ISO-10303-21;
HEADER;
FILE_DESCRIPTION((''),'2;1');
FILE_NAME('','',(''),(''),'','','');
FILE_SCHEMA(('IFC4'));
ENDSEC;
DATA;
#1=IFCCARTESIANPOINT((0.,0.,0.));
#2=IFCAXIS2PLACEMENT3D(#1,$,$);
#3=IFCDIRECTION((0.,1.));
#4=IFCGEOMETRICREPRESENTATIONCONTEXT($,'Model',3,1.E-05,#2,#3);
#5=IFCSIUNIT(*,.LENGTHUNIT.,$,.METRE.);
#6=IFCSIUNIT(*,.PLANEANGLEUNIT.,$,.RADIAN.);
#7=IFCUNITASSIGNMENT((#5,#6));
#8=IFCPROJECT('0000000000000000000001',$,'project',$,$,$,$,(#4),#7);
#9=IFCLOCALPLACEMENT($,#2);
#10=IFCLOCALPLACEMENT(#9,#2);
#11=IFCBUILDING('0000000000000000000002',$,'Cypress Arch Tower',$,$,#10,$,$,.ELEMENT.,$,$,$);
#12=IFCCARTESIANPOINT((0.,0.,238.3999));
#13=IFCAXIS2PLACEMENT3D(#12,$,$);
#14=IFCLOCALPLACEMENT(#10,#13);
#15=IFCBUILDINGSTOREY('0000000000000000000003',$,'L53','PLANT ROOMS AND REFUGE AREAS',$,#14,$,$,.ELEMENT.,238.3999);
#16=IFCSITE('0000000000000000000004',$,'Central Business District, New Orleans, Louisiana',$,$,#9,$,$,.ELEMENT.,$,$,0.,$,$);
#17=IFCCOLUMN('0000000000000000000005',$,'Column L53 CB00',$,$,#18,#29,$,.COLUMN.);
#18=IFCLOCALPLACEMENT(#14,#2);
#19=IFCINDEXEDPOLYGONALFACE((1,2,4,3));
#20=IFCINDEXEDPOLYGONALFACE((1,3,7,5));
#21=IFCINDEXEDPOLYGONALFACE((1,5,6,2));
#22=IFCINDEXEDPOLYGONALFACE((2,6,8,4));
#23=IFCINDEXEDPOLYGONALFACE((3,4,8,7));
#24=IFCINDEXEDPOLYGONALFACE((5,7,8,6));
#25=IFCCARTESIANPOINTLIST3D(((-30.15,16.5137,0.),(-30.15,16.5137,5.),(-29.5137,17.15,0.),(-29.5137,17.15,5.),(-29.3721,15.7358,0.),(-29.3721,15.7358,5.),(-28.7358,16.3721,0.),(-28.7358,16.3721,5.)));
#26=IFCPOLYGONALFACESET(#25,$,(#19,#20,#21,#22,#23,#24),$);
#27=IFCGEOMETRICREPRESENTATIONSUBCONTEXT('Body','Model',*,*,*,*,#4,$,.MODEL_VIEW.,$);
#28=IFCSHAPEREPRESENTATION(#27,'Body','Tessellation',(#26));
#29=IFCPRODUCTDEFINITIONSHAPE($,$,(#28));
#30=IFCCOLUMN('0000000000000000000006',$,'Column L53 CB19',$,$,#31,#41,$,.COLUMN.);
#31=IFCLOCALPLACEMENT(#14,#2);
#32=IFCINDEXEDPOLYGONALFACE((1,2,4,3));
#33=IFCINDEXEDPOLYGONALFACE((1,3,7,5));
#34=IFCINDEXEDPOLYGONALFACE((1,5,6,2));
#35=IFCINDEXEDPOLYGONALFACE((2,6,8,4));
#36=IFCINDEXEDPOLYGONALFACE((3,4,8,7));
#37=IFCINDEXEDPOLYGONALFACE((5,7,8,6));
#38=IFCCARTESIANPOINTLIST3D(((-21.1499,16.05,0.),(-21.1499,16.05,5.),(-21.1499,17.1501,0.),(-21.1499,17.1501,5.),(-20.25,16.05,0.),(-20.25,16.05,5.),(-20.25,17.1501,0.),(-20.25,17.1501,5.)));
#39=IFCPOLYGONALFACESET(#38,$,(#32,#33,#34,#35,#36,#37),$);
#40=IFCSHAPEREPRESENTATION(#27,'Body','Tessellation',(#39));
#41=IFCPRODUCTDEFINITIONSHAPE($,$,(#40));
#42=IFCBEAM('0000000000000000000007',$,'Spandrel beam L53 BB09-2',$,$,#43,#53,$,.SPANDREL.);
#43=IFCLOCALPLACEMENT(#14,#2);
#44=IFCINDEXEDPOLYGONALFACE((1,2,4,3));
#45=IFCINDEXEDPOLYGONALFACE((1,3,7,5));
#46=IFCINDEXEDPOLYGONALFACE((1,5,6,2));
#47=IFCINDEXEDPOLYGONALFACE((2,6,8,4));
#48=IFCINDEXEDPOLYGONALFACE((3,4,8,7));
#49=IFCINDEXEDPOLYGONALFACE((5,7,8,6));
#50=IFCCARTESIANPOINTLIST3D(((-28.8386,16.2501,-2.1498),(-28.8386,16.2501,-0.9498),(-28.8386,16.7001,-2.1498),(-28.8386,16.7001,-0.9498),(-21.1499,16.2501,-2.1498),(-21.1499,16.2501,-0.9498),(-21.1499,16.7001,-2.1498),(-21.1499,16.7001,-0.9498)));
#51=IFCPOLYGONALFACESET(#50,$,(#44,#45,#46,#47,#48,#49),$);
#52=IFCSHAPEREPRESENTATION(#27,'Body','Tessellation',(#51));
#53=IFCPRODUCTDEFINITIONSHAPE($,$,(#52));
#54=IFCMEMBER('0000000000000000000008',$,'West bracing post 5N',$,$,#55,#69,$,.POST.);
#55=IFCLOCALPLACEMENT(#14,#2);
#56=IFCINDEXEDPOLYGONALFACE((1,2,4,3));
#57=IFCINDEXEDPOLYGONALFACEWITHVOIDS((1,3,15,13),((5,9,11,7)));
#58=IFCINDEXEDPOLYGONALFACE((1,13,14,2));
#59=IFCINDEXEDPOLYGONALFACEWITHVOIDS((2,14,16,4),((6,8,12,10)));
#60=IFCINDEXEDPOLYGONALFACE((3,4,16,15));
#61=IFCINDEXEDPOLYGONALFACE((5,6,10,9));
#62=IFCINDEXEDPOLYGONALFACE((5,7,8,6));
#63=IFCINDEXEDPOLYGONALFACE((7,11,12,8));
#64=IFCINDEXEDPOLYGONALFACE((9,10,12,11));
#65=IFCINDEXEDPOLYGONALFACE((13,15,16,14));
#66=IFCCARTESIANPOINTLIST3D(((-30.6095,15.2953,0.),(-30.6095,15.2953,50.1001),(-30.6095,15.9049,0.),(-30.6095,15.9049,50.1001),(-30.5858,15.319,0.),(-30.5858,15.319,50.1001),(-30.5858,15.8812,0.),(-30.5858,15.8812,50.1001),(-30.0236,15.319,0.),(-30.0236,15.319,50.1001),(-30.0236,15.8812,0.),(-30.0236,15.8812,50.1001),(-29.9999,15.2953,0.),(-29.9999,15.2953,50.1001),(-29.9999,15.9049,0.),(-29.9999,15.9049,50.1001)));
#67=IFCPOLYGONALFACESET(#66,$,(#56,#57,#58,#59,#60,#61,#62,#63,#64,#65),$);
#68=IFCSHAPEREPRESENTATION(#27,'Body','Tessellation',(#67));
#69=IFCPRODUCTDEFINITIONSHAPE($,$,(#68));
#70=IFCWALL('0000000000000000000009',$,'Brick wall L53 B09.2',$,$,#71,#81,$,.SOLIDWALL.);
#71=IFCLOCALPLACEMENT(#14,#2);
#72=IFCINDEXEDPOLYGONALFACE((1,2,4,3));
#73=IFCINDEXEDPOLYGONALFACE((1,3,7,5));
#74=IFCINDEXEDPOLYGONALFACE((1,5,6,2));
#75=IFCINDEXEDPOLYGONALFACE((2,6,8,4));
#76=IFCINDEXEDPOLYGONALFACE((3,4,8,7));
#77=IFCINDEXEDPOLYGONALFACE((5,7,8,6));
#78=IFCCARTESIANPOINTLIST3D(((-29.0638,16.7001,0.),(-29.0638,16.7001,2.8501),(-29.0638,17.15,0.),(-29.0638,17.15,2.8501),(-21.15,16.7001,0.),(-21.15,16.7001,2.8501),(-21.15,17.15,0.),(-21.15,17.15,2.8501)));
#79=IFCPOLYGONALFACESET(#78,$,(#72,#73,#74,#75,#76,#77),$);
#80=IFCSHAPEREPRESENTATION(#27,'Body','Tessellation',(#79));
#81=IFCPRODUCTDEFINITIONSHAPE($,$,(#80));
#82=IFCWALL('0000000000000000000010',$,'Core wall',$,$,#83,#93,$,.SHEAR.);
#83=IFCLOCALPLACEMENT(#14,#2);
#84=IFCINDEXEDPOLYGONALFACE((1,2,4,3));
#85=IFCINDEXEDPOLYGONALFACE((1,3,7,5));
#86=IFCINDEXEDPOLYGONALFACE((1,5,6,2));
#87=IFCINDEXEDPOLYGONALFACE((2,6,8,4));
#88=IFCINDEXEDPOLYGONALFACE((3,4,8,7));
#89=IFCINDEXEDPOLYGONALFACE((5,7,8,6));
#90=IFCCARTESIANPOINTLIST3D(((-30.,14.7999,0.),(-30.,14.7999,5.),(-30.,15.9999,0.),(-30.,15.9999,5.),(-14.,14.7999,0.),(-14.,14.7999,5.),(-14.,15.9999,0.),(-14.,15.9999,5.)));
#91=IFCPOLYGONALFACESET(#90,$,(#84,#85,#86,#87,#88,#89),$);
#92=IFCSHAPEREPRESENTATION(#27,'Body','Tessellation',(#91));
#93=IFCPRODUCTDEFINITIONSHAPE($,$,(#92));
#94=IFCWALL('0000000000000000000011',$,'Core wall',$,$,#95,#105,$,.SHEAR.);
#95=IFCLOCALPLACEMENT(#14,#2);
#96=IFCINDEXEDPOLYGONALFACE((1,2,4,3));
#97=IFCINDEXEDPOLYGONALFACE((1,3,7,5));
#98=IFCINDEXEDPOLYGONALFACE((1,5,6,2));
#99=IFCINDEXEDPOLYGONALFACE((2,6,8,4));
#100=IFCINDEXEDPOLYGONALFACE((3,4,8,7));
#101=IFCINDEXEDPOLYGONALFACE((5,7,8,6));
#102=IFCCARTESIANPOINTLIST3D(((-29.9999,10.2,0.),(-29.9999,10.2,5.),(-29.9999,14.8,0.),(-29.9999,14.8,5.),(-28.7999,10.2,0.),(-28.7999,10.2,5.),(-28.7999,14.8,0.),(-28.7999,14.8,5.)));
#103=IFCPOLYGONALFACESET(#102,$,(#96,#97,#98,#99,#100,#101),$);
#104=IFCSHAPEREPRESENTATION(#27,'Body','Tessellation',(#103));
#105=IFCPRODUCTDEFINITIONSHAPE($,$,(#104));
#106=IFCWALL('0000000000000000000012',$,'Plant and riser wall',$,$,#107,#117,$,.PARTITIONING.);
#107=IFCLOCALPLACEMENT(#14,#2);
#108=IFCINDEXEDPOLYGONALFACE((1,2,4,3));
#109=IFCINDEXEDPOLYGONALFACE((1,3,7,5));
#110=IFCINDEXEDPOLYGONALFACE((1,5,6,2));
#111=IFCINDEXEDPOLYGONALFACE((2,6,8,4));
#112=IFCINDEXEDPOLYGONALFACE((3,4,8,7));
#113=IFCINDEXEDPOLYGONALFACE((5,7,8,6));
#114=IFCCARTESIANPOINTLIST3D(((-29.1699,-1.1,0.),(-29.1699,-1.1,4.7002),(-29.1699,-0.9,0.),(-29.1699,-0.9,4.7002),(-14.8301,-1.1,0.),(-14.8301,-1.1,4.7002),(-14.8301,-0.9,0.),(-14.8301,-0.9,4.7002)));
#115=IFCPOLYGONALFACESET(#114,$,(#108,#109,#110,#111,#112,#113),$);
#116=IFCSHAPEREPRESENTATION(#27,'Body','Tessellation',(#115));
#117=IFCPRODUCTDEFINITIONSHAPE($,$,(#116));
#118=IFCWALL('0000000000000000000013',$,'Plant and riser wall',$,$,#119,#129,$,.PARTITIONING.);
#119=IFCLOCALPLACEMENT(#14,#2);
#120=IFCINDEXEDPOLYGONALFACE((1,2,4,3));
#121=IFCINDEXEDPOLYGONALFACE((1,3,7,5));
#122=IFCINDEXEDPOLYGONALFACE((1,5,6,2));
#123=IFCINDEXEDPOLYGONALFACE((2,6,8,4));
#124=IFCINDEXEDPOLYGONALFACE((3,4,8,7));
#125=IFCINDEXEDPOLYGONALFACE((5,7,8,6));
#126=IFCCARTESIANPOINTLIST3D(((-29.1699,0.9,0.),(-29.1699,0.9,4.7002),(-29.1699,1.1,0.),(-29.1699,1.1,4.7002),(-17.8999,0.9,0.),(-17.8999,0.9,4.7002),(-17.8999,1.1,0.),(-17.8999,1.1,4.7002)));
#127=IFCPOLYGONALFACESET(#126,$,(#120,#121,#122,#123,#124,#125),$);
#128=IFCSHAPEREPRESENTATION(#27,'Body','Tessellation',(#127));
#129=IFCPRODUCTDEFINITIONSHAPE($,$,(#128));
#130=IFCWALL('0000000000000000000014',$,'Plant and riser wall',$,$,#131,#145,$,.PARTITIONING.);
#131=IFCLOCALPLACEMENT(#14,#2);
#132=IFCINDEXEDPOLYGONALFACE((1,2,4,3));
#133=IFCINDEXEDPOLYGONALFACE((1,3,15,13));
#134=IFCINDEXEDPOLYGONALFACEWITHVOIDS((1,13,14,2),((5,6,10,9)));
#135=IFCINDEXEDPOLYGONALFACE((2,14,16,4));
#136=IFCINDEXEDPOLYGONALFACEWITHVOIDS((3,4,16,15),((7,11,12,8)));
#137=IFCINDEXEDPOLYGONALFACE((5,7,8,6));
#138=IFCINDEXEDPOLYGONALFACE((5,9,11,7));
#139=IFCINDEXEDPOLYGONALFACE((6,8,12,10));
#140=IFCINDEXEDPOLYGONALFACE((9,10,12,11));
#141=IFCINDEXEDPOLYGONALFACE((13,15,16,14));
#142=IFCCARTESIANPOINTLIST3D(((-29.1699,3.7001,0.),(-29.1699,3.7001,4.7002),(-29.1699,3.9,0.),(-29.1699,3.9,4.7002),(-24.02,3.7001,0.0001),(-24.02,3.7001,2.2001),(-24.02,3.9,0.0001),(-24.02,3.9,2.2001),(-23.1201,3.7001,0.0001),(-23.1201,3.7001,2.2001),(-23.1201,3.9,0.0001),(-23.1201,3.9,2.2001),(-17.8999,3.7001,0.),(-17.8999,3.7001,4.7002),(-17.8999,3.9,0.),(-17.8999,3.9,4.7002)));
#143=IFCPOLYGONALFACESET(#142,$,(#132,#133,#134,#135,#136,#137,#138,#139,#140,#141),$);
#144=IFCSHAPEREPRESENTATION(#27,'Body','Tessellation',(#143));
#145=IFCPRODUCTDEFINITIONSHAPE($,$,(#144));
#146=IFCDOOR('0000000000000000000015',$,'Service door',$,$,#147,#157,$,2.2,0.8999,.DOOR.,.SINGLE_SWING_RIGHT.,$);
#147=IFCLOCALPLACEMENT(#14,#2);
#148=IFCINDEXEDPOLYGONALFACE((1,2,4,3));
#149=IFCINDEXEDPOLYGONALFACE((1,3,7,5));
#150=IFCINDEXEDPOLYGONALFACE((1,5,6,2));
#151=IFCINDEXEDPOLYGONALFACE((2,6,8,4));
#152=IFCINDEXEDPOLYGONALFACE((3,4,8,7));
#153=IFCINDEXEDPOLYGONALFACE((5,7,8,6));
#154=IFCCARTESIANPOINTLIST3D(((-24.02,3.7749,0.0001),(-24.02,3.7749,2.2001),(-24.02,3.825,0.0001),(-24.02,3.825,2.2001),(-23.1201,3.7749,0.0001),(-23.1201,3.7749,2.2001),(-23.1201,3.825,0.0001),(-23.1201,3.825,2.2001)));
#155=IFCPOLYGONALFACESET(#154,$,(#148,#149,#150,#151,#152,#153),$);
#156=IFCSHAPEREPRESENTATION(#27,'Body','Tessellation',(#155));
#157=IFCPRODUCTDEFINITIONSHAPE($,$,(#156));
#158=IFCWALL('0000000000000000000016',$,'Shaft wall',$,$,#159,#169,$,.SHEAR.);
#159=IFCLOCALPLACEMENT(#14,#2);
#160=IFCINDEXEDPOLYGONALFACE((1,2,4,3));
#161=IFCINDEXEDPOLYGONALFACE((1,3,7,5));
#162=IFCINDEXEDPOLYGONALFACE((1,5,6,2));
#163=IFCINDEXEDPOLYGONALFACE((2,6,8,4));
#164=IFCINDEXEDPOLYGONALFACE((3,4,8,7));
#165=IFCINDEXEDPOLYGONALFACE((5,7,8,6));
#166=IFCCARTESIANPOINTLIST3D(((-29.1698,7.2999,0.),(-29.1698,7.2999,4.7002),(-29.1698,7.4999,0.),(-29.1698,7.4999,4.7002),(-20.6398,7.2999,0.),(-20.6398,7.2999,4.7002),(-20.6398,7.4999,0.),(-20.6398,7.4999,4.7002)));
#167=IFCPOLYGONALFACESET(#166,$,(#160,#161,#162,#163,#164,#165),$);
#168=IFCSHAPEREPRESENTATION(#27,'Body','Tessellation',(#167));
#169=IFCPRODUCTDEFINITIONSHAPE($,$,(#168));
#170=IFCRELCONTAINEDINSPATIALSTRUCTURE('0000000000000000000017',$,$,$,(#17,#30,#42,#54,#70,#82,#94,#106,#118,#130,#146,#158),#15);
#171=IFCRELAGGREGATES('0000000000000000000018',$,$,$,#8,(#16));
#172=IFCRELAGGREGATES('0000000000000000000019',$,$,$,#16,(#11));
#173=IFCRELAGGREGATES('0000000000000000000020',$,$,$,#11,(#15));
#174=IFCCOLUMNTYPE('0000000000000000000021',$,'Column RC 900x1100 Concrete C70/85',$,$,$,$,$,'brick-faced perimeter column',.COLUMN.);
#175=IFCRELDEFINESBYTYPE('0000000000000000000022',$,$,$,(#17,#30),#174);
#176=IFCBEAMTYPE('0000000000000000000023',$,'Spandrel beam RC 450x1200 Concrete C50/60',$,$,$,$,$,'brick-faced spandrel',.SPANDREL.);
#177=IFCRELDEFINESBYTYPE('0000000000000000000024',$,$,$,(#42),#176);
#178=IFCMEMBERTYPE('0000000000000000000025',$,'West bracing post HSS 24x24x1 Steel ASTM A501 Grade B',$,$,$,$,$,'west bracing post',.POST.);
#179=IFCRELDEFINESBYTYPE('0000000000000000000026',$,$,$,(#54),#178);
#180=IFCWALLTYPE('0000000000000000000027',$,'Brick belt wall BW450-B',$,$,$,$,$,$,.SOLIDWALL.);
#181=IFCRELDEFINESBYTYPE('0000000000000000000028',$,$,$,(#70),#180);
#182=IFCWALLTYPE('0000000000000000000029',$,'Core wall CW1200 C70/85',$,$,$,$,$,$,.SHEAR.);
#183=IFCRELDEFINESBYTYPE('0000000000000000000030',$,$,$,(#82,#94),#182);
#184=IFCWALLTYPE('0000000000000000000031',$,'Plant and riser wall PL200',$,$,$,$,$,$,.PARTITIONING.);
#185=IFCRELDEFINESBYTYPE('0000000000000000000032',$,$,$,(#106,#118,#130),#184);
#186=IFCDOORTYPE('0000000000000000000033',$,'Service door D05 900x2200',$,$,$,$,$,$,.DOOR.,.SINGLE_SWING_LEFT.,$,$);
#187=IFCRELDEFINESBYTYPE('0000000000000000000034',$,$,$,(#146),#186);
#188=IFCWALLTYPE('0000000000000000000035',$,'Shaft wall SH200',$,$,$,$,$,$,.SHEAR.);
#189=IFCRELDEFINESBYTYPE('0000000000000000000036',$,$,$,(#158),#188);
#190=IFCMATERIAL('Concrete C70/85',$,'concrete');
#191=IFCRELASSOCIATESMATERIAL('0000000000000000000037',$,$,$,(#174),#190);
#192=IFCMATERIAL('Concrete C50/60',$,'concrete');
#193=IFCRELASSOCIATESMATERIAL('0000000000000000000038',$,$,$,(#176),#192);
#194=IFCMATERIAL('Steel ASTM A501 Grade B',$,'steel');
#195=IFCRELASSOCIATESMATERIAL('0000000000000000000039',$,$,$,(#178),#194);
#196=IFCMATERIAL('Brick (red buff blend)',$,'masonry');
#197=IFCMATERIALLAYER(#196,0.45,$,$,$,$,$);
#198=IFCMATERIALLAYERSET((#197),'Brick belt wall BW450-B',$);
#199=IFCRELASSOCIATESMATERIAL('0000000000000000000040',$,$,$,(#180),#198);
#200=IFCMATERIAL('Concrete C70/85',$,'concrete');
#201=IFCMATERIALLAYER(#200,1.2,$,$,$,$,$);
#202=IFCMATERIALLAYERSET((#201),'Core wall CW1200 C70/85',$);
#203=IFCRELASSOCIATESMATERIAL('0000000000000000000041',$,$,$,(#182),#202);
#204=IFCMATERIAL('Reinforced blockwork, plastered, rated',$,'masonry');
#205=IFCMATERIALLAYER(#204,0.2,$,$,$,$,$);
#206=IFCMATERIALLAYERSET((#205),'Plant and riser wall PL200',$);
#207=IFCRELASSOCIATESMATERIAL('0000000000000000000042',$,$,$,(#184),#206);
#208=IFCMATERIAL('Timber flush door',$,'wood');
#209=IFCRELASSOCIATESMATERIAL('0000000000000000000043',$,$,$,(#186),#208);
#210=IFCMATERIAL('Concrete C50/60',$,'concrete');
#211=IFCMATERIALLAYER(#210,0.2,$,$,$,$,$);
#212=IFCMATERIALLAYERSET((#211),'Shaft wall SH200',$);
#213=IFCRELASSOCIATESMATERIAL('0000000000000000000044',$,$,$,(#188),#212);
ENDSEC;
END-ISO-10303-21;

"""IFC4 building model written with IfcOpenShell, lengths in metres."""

from ifc_helpers import new_model, si_unit, direction, frame, frame_2d, origin, origin_2d, place, context, subcontext, project, spatial, rectangle, hollow_rectangle, extrude, material, layer, layer_set, material_profile, profile_set, type_object, element, fill, save


model = new_model("IFC4")

# Units and contexts
model_context = context("Model", 3, precision=1e-05, world=origin(), true_north=direction((0.0, 1.0)))
body_context = subcontext(model_context, "Body", "Model", "MODEL_VIEW")
ifc_project = project(units=[si_unit("LENGTHUNIT", "METRE"), si_unit("PLANEANGLEUNIT", "RADIAN")], contexts=[model_context])

# Site, building, storey
site_placement = place(None, origin())
site = spatial("IfcSite", under=ifc_project, at=site_placement, Name="Central Business District, New Orleans, Louisiana", CompositionType="ELEMENT", RefElevation=0.0)
building_placement = place(site_placement, origin())
building = spatial("IfcBuilding", under=site, at=building_placement, Name="Cypress Arch Tower", CompositionType="ELEMENT")
storey_placement = place(building_placement, frame((0.0, 0.0, 238.3999)))
storey = spatial("IfcBuildingStorey", under=building, at=storey_placement, Name="L53", Description="PLANT ROOMS AND REFUGE AREAS", CompositionType="ELEMENT", Elevation=238.3999)

# Columns
ifc_material_1 = material(Name="Concrete C70/85", Category="concrete")
ifc_material_profile_1 = material_profile(ifc_material_1, rectangle(XDim=0.8999, YDim=1.1001, at=origin_2d()), Name="RC 900x1100")
ifc_profile_set_1 = profile_set([ifc_material_profile_1], Name="Concrete C70/85")
column_type = type_object("IfcColumnType", Name="Column RC 900x1100 Concrete C70/85", ElementType="brick-faced perimeter column", PredefinedType="COLUMN", material=ifc_profile_set_1)
for number, where, z_axis, x_axis, name in (
    (1, (-29.4429, 16.4429, 0.0), (0.0, 0.0, 1.0), (-0.707107, -0.707107, 0.0), "Column L53 CB00"),
    (2, (-20.7, 16.6001, 0.0), (0.0, 0.0, 1.0), (-1.0, 0.0, 0.0), "Column L53 CB19"),
):
    element("IfcColumn", number, at=place(storey_placement, frame(where, z_axis=z_axis, x_axis=x_axis)), inside=storey, type_object=column_type, Name=name, PredefinedType="COLUMN", context=body_context, shape_type="SweptSolid", body=[
        extrude(rectangle(XDim=0.8999, YDim=1.1001, at=origin_2d()), origin(), (0.0, 0.0, 1.0), 5.0),
    ])

# Beam
ifc_material_2 = material(Name="Concrete C50/60", Category="concrete")
ifc_material_profile_2 = material_profile(ifc_material_2, rectangle(XDim=0.45, YDim=1.2, at=origin_2d()), Name="RC 450x1200")
ifc_profile_set_2 = profile_set([ifc_material_profile_2], Name="Concrete C50/60")
beam_type = type_object("IfcBeamType", Name="Spandrel beam RC 450x1200 Concrete C50/60", ElementType="brick-faced spandrel", PredefinedType="SPANDREL", material=ifc_profile_set_2)
beam_placement = place(storey_placement, frame((-21.1499, 16.4751, -1.5498), z_axis=(-1.0, 0.0, 0.0), x_axis=(0.0, -1.0, 0.0)))
element("IfcBeam", 3, at=beam_placement, inside=storey, type_object=beam_type, Name="Spandrel beam L53 BB09-2", PredefinedType="SPANDREL", context=body_context, shape_type="SweptSolid", body=[
    extrude(rectangle(XDim=0.45, YDim=1.2, at=origin_2d()), origin(), (0.0, 0.0, 1.0), 7.6887),
])

# Member
ifc_material_3 = material(Name="Steel ASTM A501 Grade B", Category="steel")
ifc_material_profile_3 = material_profile(ifc_material_3, hollow_rectangle(XDim=0.6096, YDim=0.6096, WallThickness=0.0237, at=origin_2d()), Name="HSS 24x24x1")
ifc_profile_set_3 = profile_set([ifc_material_profile_3], Name="Steel ASTM A501 Grade B")
member_type = type_object("IfcMemberType", Name="West bracing post HSS 24x24x1 Steel ASTM A501 Grade B", ElementType="west bracing post", PredefinedType="POST", material=ifc_profile_set_3)
member_placement = place(storey_placement, frame((-30.3047, 15.6001, 0.0), z_axis=(0.0, 0.0, 1.0), x_axis=(1.0, 0.0, 0.0)))
element("IfcMember", 4, at=member_placement, inside=storey, type_object=member_type, Name="West bracing post 5N", PredefinedType="POST", context=body_context, shape_type="SweptSolid", body=[
    extrude(hollow_rectangle(XDim=0.6096, YDim=0.6096, WallThickness=0.0237, at=origin_2d()), origin(), (0.0, 0.0, 1.0), 50.1001),
])

# Walls
ifc_material_4 = material(Name="Brick (red buff blend)", Category="masonry")
ifc_layer_1 = layer(ifc_material_4, 0.45)
ifc_layer_set_1 = layer_set([ifc_layer_1], Name="Brick belt wall BW450-B")
wall_type_1 = type_object("IfcWallType", Name="Brick belt wall BW450-B", PredefinedType="SOLIDWALL", material=ifc_layer_set_1)
wall_1_placement = place(storey_placement, frame((-21.1499, 16.925, 0.0), z_axis=(0.0, 0.0, 1.0), x_axis=(-1.0, 0.0, 0.0)))
element("IfcWall", 5, at=wall_1_placement, inside=storey, type_object=wall_type_1, Name="Brick wall L53 B09.2", PredefinedType="SOLIDWALL", context=body_context, shape_type="SweptSolid", body=[
    extrude(rectangle(XDim=7.9138, YDim=0.45, at=frame_2d((3.957, 0.0))), origin(), (0.0, 0.0, 1.0), 2.8501),
])
ifc_material_5 = material(Name="Concrete C70/85", Category="concrete")
ifc_layer_2 = layer(ifc_material_5, 1.2)
ifc_layer_set_2 = layer_set([ifc_layer_2], Name="Core wall CW1200 C70/85")
wall_type_2 = type_object("IfcWallType", Name="Core wall CW1200 C70/85", PredefinedType="SHEAR", material=ifc_layer_set_2)
wall_2_placement = place(storey_placement, frame((-30.0, 15.3999, 0.0), z_axis=(0.0, 0.0, 1.0), x_axis=(1.0, 0.0, 0.0)))
element("IfcWall", 6, at=wall_2_placement, inside=storey, type_object=wall_type_2, Name="Core wall", PredefinedType="SHEAR", context=body_context, shape_type="SweptSolid", body=[
    extrude(rectangle(XDim=16.0, YDim=1.2, at=frame_2d((8.0, 0.0))), origin(), (0.0, 0.0, 1.0), 5.0),
])
wall_3_placement = place(storey_placement, frame((-29.3999, 10.2, 0.0), z_axis=(0.0, 0.0, 1.0), x_axis=(0.0, 1.0, 0.0)))
element("IfcWall", 7, at=wall_3_placement, inside=storey, type_object=wall_type_2, Name="Core wall", PredefinedType="SHEAR", context=body_context, shape_type="SweptSolid", body=[
    extrude(rectangle(XDim=4.6001, YDim=1.2, at=frame_2d((2.3, 0.0))), origin(), (0.0, 0.0, 1.0), 5.0),
])
ifc_material_6 = material(Name="Reinforced blockwork, plastered, rated", Category="masonry")
ifc_layer_3 = layer(ifc_material_6, 0.2)
ifc_layer_set_3 = layer_set([ifc_layer_3], Name="Plant and riser wall PL200")
wall_type_3 = type_object("IfcWallType", Name="Plant and riser wall PL200", PredefinedType="PARTITIONING", material=ifc_layer_set_3)
wall_4_placement = place(storey_placement, frame((-29.1699, -1.0, 0.0), z_axis=(0.0, 0.0, 1.0), x_axis=(1.0, 0.0, 0.0)))
element("IfcWall", 8, at=wall_4_placement, inside=storey, type_object=wall_type_3, Name="Plant and riser wall", PredefinedType="PARTITIONING", context=body_context, shape_type="SweptSolid", body=[
    extrude(rectangle(XDim=14.3398, YDim=0.2, at=frame_2d((7.1699, 0.0))), origin(), (0.0, 0.0, 1.0), 4.7002),
])
wall_5_placement = place(storey_placement, frame((-29.1699, 1.0, 0.0), z_axis=(0.0, 0.0, 1.0), x_axis=(1.0, 0.0, 0.0)))
element("IfcWall", 9, at=wall_5_placement, inside=storey, type_object=wall_type_3, Name="Plant and riser wall", PredefinedType="PARTITIONING", context=body_context, shape_type="SweptSolid", body=[
    extrude(rectangle(XDim=11.27, YDim=0.2, at=frame_2d((5.635, 0.0))), origin(), (0.0, 0.0, 1.0), 4.7002),
])

# Wall, opening, door
wall_6_placement = place(storey_placement, frame((-29.1699, 3.8, 0.0), z_axis=(0.0, 0.0, 1.0), x_axis=(1.0, 0.0, 0.0)))
wall_6 = element("IfcWall", 10, at=wall_6_placement, inside=storey, type_object=wall_type_3, Name="Plant and riser wall", PredefinedType="PARTITIONING", context=body_context, shape_type="SweptSolid", body=[
    extrude(rectangle(XDim=11.27, YDim=0.2, at=frame_2d((5.635, 0.0))), origin(), (0.0, 0.0, 1.0), 4.7002),
])
opening_placement = place(wall_6_placement, frame((5.1499, 0.0, 0.0)))
opening = element("IfcOpeningElement", 11, at=opening_placement, cuts=wall_6, PredefinedType="OPENING", context=body_context, shape_type="SweptSolid", body=[
    extrude(rectangle(XDim=0.8999, YDim=2.2, at=frame_2d((0.45, 1.1001))), frame((0.0, 0.1099, 0.0), z_axis=(0.0, -1.0, 0.0), x_axis=(1.0, 0.0, 0.0)), (0.0, 0.0, 1.0), 0.22),
])
ifc_material_7 = material(Name="Timber flush door", Category="wood")
door_type = type_object("IfcDoorType", Name="Service door D05 900x2200", OperationType="SINGLE_SWING_LEFT", PredefinedType="DOOR", material=ifc_material_7)
door_placement = place(opening_placement, origin())
door = element("IfcDoor", 12, at=door_placement, inside=storey, type_object=door_type, Name="Service door", OperationType="SINGLE_SWING_RIGHT", OverallHeight=2.2, OverallWidth=0.8999, PredefinedType="DOOR", context=body_context, shape_type="SweptSolid", body=[
    extrude(rectangle(XDim=0.8999, YDim=2.2, at=frame_2d((0.45, 1.1001))), frame((0.0, 0.0249, 0.0), z_axis=(0.0, -1.0, 0.0), x_axis=(1.0, 0.0, 0.0)), (0.0, 0.0, 1.0), 0.05),
])
fill(opening, door)

# Wall
ifc_material_8 = material(Name="Concrete C50/60", Category="concrete")
ifc_layer_4 = layer(ifc_material_8, 0.2)
ifc_layer_set_4 = layer_set([ifc_layer_4], Name="Shaft wall SH200")
wall_type_4 = type_object("IfcWallType", Name="Shaft wall SH200", PredefinedType="SHEAR", material=ifc_layer_set_4)
wall_7_placement = place(storey_placement, frame((-29.1699, 7.3999, 0.0), z_axis=(0.0, 0.0, 1.0), x_axis=(1.0, 0.0, 0.0)))
element("IfcWall", 13, at=wall_7_placement, inside=storey, type_object=wall_type_4, Name="Shaft wall", PredefinedType="SHEAR", context=body_context, shape_type="SweptSolid", body=[
    extrude(rectangle(XDim=8.53, YDim=0.2, at=frame_2d((4.2651, 0.0))), origin(), (0.0, 0.0, 1.0), 4.7002),
])

save(model, "model.ifc")
